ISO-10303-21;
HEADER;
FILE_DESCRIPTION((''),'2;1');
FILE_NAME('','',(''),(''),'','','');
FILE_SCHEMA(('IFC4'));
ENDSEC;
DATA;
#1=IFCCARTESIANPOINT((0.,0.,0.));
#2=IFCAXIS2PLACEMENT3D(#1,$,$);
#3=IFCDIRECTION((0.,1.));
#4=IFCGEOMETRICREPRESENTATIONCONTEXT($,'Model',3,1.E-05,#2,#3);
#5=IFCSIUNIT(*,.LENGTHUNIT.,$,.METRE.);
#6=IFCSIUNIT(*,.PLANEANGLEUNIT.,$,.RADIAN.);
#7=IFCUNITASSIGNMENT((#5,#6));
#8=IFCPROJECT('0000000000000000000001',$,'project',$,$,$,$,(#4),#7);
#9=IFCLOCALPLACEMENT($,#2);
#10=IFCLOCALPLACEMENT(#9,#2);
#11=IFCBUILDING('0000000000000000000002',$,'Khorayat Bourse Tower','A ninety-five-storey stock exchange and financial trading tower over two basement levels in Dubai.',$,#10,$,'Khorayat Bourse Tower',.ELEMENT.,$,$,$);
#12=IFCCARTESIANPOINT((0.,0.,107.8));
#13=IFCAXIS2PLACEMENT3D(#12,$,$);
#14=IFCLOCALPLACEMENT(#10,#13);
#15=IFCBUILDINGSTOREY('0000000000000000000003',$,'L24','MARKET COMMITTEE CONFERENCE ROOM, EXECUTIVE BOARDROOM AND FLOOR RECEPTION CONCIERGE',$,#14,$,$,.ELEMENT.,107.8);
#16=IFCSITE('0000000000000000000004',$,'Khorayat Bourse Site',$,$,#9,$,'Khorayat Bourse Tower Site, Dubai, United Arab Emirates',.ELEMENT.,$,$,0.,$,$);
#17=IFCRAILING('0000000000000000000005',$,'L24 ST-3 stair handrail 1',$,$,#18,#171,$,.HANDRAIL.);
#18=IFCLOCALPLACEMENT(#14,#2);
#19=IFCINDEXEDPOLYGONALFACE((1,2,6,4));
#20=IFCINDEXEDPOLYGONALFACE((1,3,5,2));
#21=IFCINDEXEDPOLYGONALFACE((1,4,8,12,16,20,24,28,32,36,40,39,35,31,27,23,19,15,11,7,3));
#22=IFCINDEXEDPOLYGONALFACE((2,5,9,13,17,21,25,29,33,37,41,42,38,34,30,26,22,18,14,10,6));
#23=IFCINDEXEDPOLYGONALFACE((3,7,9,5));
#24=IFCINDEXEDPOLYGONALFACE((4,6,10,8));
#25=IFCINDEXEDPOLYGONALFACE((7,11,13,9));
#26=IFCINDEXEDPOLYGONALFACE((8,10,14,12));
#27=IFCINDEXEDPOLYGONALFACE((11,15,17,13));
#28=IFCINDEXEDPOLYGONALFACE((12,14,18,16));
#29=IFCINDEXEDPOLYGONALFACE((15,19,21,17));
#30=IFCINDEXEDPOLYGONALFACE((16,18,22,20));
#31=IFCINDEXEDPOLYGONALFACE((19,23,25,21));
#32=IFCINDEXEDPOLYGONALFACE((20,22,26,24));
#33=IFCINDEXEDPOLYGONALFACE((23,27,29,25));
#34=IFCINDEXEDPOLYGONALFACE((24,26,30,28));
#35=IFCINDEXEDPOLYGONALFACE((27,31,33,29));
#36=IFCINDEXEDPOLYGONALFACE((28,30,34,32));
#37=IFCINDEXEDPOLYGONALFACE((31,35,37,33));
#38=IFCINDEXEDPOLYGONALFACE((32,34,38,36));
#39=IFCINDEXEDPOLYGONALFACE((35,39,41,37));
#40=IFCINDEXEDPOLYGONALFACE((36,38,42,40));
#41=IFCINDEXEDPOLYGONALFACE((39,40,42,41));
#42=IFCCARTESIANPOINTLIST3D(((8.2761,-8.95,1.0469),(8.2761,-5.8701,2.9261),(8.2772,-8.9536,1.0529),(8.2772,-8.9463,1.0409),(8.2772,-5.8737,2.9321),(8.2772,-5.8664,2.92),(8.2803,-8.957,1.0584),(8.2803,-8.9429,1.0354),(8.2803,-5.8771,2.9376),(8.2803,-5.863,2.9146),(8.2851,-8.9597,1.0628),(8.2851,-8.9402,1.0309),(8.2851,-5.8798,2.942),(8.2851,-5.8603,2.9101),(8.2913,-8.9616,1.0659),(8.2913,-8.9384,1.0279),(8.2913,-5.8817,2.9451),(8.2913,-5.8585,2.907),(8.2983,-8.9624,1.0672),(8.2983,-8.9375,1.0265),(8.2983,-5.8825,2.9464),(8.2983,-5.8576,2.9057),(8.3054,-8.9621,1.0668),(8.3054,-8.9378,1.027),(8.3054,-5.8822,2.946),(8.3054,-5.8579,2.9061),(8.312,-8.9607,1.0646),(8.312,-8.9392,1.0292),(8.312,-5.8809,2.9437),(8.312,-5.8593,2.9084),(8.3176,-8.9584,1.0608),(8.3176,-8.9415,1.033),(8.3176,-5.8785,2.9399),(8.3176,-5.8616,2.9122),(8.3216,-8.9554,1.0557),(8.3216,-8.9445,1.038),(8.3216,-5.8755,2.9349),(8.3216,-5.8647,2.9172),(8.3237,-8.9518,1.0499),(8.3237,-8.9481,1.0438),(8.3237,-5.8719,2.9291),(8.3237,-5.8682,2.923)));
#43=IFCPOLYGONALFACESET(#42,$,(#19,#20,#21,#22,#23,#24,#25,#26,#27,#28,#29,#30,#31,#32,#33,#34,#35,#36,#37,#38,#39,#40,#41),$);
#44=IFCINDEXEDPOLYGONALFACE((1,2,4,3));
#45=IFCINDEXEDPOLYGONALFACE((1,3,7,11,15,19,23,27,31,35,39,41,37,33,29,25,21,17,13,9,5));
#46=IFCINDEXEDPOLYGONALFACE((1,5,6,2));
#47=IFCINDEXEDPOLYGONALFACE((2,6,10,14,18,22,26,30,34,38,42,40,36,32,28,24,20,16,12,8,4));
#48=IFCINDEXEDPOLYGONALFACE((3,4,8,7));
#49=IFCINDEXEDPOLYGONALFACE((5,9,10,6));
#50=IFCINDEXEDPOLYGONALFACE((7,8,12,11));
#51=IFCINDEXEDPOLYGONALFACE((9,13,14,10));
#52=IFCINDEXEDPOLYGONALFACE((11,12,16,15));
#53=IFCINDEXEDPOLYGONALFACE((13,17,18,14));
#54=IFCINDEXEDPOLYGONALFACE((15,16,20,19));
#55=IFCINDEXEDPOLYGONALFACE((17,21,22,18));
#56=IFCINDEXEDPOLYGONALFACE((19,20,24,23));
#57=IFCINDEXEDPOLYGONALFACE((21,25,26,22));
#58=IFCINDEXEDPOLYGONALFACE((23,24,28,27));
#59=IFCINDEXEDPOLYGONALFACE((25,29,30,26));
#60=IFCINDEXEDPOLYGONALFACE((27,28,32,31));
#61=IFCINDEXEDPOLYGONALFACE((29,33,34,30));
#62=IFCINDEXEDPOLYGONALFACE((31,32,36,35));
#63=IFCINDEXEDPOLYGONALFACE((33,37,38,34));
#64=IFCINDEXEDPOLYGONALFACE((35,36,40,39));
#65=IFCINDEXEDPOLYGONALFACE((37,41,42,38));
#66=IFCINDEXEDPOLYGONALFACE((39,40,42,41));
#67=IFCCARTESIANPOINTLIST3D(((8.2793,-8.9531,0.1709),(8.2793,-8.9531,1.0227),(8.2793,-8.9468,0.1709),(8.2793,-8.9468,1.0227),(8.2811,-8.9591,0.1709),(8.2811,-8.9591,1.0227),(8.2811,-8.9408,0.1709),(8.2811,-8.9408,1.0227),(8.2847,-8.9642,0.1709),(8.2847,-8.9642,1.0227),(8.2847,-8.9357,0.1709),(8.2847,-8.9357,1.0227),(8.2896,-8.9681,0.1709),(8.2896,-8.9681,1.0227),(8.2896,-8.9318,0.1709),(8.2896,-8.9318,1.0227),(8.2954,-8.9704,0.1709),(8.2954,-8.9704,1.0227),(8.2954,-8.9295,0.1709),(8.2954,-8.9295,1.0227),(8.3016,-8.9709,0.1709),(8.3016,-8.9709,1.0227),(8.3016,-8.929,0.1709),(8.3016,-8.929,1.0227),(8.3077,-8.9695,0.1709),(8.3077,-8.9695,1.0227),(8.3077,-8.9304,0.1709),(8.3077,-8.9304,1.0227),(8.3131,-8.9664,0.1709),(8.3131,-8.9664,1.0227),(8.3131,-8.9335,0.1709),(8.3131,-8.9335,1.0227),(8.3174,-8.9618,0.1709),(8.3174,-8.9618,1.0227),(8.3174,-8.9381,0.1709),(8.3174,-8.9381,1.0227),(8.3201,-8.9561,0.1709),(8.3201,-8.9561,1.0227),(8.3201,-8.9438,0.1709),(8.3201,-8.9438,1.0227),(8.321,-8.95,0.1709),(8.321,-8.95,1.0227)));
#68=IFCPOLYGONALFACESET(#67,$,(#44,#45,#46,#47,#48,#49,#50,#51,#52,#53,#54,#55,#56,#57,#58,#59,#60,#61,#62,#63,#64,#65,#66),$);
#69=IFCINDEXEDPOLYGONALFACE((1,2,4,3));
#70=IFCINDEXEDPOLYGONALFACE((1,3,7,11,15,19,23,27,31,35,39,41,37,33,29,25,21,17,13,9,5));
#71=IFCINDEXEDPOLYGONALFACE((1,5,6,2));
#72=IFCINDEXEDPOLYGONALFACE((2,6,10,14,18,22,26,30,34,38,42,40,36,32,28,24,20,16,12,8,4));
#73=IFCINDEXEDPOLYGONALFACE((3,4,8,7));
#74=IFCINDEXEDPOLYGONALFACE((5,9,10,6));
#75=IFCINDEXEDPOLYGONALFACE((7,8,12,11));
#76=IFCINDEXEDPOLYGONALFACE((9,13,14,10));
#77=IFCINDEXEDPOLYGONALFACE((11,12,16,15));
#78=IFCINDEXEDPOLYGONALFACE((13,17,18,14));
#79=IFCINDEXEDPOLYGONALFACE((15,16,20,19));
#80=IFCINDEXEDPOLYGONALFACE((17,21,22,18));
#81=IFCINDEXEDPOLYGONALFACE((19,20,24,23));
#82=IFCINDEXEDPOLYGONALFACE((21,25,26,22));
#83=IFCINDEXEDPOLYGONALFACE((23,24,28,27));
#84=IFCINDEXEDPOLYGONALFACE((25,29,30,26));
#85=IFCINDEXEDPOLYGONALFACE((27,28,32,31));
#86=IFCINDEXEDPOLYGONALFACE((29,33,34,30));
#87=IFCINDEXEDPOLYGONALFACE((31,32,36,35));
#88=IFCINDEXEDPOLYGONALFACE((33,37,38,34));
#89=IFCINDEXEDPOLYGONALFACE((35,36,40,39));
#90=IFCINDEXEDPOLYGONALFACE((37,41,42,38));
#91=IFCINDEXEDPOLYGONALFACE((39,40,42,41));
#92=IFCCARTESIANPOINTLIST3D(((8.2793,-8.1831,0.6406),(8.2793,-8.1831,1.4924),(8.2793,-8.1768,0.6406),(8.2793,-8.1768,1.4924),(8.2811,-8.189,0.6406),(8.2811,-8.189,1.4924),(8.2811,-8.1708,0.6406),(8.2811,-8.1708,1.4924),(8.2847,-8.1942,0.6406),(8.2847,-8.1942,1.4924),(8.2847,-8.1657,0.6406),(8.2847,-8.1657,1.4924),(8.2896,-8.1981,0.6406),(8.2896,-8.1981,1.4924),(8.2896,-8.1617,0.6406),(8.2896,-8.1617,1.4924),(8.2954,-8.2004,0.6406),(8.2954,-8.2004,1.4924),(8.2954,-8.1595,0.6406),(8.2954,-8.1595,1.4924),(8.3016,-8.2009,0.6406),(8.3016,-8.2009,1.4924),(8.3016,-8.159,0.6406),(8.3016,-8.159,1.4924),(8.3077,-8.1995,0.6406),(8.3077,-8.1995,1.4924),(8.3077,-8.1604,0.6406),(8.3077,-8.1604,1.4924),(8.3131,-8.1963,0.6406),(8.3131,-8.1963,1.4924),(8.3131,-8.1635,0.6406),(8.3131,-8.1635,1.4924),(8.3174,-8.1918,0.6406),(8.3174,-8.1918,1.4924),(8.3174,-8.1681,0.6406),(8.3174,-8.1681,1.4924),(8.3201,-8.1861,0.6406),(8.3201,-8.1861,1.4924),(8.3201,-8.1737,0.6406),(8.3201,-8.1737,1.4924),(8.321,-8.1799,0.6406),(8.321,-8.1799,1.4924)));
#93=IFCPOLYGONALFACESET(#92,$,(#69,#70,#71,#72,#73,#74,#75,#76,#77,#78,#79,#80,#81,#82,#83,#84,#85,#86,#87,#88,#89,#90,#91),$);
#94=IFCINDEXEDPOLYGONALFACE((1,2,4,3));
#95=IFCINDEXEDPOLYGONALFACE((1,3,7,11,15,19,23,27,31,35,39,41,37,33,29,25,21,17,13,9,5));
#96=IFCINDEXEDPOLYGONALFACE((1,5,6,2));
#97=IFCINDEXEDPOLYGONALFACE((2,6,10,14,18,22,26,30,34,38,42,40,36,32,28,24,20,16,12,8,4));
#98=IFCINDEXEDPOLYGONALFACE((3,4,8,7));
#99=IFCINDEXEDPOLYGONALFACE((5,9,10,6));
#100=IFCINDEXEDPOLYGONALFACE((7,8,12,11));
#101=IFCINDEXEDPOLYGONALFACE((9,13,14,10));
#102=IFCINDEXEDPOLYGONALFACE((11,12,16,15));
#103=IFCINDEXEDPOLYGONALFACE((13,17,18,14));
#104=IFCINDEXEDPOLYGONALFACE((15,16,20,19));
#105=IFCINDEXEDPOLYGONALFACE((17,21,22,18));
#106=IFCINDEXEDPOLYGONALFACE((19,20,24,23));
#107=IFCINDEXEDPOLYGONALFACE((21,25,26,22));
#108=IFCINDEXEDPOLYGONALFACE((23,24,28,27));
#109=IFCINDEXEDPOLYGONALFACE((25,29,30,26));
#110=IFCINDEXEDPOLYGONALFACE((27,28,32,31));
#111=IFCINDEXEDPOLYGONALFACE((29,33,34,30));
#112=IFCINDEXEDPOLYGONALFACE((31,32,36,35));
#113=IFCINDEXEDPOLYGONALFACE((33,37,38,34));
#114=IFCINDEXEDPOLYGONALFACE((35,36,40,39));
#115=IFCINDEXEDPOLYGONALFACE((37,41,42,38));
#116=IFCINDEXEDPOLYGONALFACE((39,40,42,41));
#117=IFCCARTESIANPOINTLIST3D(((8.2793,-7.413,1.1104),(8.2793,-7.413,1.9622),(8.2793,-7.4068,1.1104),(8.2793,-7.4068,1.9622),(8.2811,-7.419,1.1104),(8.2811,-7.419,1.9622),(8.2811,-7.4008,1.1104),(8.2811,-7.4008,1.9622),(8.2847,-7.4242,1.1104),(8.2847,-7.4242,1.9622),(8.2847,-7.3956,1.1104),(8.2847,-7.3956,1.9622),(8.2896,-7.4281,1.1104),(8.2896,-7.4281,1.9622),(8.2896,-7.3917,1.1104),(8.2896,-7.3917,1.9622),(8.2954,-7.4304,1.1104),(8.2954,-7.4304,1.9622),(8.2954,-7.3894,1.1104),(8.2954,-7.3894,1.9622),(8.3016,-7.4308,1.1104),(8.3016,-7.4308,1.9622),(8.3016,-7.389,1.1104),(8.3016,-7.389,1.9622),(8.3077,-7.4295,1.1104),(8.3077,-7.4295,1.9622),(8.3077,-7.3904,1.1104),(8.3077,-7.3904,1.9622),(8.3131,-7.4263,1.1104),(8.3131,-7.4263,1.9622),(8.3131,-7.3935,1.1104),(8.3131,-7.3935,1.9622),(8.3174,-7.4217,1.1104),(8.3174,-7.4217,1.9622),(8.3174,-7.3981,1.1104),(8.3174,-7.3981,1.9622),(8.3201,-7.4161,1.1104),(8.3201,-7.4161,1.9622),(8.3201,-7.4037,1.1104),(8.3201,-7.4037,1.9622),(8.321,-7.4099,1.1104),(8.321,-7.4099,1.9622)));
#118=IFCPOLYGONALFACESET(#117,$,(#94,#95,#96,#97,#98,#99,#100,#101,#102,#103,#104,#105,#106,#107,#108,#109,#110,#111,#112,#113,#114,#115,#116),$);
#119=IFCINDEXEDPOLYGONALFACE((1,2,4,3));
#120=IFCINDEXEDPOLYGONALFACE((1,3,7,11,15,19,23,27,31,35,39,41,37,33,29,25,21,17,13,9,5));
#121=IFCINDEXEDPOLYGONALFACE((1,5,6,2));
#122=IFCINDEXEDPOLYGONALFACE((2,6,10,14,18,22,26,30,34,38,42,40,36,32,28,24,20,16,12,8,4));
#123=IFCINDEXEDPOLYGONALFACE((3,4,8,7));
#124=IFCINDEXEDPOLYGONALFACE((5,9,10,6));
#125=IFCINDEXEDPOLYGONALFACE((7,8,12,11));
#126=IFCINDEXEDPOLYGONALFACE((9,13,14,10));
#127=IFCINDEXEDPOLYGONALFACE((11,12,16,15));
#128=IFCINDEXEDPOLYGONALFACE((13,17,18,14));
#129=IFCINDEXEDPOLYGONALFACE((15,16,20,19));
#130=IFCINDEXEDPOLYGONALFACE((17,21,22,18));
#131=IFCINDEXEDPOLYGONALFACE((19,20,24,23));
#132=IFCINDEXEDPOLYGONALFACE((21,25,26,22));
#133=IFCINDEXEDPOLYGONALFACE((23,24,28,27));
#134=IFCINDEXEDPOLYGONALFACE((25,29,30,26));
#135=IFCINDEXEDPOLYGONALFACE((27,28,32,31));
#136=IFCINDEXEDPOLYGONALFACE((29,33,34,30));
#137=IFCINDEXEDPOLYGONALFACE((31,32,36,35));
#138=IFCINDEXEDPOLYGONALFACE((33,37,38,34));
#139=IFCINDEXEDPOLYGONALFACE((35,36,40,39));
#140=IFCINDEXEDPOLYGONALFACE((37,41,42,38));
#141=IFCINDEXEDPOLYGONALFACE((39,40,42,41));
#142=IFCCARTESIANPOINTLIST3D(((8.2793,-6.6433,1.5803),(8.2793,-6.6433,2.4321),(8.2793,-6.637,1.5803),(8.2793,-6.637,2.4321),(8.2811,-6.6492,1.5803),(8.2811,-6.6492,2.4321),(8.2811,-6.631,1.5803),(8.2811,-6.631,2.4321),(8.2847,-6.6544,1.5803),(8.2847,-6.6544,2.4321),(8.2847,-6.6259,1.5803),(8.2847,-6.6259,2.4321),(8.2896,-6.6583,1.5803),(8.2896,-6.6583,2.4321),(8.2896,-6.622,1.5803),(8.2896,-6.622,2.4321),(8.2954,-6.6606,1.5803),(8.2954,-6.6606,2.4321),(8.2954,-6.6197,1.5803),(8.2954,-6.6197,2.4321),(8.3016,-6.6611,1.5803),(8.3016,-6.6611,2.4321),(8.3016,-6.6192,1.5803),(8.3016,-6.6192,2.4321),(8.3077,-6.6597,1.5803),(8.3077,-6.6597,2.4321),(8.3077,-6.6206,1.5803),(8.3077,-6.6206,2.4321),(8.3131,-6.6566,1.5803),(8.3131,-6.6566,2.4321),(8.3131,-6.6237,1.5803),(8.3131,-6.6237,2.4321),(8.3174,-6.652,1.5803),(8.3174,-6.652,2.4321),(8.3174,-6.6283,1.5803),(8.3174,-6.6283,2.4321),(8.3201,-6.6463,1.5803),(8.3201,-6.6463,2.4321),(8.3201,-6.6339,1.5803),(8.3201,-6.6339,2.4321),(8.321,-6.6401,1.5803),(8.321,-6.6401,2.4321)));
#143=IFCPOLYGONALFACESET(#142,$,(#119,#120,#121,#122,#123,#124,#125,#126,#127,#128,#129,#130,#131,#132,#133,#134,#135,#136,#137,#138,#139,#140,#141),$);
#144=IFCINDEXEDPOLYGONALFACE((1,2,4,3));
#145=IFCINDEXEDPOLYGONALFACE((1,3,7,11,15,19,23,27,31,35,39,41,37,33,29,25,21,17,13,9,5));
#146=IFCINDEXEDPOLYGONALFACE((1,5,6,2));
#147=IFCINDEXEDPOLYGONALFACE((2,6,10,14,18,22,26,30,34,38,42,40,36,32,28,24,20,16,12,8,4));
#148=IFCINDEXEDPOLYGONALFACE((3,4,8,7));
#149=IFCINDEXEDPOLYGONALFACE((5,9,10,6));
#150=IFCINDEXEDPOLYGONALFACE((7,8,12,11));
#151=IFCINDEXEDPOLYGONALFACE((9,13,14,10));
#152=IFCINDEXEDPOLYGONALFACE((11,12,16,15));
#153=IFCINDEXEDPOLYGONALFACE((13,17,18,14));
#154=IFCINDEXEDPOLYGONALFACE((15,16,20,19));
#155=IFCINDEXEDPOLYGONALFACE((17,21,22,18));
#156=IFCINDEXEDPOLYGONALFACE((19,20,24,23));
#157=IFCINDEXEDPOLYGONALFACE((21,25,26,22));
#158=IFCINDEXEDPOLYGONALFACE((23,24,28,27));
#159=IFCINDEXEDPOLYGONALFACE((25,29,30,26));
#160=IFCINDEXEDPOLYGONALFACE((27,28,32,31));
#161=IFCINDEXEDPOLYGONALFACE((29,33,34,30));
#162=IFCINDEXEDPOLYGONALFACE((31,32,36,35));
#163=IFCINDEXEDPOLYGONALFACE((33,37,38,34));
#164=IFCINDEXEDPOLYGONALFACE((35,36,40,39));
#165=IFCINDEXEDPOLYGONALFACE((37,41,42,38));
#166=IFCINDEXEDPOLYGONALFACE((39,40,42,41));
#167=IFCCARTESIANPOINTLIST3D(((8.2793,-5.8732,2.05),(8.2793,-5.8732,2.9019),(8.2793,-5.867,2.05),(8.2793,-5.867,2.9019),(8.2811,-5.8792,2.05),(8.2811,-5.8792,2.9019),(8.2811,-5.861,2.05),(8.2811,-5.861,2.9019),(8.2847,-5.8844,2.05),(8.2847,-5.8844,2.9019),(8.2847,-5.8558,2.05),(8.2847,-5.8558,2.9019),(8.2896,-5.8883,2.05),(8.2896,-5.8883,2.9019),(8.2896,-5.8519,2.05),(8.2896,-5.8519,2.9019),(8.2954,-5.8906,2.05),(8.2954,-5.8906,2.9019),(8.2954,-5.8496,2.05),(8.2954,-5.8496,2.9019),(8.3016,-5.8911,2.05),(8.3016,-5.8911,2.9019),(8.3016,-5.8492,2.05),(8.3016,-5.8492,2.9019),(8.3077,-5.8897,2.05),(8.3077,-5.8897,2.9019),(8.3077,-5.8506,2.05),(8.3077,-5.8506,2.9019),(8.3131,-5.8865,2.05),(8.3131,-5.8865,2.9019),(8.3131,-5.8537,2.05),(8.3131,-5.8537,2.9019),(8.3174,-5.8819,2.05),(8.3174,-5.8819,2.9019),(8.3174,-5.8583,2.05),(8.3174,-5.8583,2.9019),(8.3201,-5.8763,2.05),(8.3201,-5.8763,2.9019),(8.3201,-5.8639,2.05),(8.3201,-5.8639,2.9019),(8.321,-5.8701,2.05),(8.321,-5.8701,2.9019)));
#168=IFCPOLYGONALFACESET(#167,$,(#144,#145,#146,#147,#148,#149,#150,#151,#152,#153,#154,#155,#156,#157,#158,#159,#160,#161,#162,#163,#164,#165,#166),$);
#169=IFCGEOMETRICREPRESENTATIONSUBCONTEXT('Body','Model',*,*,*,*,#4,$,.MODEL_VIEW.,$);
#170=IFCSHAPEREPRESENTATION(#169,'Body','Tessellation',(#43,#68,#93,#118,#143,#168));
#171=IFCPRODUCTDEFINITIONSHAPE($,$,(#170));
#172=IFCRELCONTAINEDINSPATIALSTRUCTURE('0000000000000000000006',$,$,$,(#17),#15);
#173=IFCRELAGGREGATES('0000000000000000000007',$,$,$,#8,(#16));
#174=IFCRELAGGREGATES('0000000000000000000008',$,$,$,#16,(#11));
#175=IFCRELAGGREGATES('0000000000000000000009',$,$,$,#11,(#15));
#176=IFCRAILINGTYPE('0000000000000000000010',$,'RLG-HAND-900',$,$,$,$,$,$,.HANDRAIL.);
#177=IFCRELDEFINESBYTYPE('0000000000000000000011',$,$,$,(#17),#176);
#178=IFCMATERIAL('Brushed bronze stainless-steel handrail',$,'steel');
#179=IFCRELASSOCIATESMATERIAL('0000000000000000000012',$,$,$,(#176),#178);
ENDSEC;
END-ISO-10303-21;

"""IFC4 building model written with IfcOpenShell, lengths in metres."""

from ifc_helpers import new_model, si_unit, direction, frame, origin, origin_2d, place, context, subcontext, project, spatial, circle, extrude, source, transform, mapped, material, type_object, element, save


model = new_model("IFC4")

# Units and contexts
model_context = context("Model", 3, precision=1e-05, world=origin(), true_north=direction((0.0, 1.0)))
body_context = subcontext(model_context, "Body", "Model", "MODEL_VIEW")
ifc_project = project(units=[si_unit("LENGTHUNIT", "METRE"), si_unit("PLANEANGLEUNIT", "RADIAN")], contexts=[model_context])

# Site, building, storey
site_placement = place(None, origin())
site = spatial("IfcSite", under=ifc_project, at=site_placement, Name="Khorayat Bourse Site", LongName="Khorayat Bourse Tower Site, Dubai, United Arab Emirates", CompositionType="ELEMENT", RefElevation=0.0)
building_placement = place(site_placement, origin())
building = spatial("IfcBuilding", under=site, at=building_placement, Name="Khorayat Bourse Tower", Description="A ninety-five-storey stock exchange and financial trading tower over two basement levels in Dubai.", LongName="Khorayat Bourse Tower", CompositionType="ELEMENT")
storey_placement = place(building_placement, frame((0.0, 0.0, 107.8)))
storey = spatial("IfcBuildingStorey", under=building, at=storey_placement, Name="L24", Description="MARKET COMMITTEE CONFERENCE ROOM, EXECUTIVE BOARDROOM AND FLOOR RECEPTION CONCIERGE", CompositionType="ELEMENT", Elevation=107.8)

# Railing
ifc_material_1 = material(Name="Brushed bronze stainless-steel handrail", Category="steel")
railing_type_1 = type_object("IfcRailingType", Name="RLG-HAND-900", PredefinedType="HANDRAIL", material=ifc_material_1)
shared_shape_1 = source(origin(), body_context, "Body", "SweptSolid", [
    extrude(circle(Radius=0.0239, at=origin_2d()), frame((0.0, 0.0, 0.876), z_axis=(0.0, 0.853648, 0.52085), x_axis=(-1.0, 0.0, 0.0)), (0.0, 0.0, 1.0), 3.6079),
    extrude(circle(Radius=0.021, at=origin_2d()), origin(), (0.0, 0.0, 1.0), 0.8518),
    extrude(circle(Radius=0.021, at=origin_2d()), frame((0.0, 0.77, 0.4697)), (0.0, 0.0, 1.0), 0.8518),
    extrude(circle(Radius=0.021, at=origin_2d()), frame((0.0, 1.54, 0.9395)), (0.0, 0.0, 1.0), 0.8518),
    extrude(circle(Radius=0.021, at=origin_2d()), frame((0.0, 2.3098, 1.4094)), (0.0, 0.0, 1.0), 0.8518),
    extrude(circle(Radius=0.021, at=origin_2d()), frame((0.0, 3.0798, 1.8792)), (0.0, 0.0, 1.0), 0.8518),
])
railing_1_placement = place(storey_placement, frame((8.3, -8.95, 0.1709)))
element("IfcRailing", 1, at=railing_1_placement, inside=storey, type_object=railing_type_1, Name="L24 ST-3 stair handrail 1", PredefinedType="HANDRAIL", context=body_context, shape_type="MappedRepresentation", body=[
    mapped(shared_shape_1, transform((0.0, 0.0, 0.0), scale=1.0)),
])

save(model, "model.ifc")
